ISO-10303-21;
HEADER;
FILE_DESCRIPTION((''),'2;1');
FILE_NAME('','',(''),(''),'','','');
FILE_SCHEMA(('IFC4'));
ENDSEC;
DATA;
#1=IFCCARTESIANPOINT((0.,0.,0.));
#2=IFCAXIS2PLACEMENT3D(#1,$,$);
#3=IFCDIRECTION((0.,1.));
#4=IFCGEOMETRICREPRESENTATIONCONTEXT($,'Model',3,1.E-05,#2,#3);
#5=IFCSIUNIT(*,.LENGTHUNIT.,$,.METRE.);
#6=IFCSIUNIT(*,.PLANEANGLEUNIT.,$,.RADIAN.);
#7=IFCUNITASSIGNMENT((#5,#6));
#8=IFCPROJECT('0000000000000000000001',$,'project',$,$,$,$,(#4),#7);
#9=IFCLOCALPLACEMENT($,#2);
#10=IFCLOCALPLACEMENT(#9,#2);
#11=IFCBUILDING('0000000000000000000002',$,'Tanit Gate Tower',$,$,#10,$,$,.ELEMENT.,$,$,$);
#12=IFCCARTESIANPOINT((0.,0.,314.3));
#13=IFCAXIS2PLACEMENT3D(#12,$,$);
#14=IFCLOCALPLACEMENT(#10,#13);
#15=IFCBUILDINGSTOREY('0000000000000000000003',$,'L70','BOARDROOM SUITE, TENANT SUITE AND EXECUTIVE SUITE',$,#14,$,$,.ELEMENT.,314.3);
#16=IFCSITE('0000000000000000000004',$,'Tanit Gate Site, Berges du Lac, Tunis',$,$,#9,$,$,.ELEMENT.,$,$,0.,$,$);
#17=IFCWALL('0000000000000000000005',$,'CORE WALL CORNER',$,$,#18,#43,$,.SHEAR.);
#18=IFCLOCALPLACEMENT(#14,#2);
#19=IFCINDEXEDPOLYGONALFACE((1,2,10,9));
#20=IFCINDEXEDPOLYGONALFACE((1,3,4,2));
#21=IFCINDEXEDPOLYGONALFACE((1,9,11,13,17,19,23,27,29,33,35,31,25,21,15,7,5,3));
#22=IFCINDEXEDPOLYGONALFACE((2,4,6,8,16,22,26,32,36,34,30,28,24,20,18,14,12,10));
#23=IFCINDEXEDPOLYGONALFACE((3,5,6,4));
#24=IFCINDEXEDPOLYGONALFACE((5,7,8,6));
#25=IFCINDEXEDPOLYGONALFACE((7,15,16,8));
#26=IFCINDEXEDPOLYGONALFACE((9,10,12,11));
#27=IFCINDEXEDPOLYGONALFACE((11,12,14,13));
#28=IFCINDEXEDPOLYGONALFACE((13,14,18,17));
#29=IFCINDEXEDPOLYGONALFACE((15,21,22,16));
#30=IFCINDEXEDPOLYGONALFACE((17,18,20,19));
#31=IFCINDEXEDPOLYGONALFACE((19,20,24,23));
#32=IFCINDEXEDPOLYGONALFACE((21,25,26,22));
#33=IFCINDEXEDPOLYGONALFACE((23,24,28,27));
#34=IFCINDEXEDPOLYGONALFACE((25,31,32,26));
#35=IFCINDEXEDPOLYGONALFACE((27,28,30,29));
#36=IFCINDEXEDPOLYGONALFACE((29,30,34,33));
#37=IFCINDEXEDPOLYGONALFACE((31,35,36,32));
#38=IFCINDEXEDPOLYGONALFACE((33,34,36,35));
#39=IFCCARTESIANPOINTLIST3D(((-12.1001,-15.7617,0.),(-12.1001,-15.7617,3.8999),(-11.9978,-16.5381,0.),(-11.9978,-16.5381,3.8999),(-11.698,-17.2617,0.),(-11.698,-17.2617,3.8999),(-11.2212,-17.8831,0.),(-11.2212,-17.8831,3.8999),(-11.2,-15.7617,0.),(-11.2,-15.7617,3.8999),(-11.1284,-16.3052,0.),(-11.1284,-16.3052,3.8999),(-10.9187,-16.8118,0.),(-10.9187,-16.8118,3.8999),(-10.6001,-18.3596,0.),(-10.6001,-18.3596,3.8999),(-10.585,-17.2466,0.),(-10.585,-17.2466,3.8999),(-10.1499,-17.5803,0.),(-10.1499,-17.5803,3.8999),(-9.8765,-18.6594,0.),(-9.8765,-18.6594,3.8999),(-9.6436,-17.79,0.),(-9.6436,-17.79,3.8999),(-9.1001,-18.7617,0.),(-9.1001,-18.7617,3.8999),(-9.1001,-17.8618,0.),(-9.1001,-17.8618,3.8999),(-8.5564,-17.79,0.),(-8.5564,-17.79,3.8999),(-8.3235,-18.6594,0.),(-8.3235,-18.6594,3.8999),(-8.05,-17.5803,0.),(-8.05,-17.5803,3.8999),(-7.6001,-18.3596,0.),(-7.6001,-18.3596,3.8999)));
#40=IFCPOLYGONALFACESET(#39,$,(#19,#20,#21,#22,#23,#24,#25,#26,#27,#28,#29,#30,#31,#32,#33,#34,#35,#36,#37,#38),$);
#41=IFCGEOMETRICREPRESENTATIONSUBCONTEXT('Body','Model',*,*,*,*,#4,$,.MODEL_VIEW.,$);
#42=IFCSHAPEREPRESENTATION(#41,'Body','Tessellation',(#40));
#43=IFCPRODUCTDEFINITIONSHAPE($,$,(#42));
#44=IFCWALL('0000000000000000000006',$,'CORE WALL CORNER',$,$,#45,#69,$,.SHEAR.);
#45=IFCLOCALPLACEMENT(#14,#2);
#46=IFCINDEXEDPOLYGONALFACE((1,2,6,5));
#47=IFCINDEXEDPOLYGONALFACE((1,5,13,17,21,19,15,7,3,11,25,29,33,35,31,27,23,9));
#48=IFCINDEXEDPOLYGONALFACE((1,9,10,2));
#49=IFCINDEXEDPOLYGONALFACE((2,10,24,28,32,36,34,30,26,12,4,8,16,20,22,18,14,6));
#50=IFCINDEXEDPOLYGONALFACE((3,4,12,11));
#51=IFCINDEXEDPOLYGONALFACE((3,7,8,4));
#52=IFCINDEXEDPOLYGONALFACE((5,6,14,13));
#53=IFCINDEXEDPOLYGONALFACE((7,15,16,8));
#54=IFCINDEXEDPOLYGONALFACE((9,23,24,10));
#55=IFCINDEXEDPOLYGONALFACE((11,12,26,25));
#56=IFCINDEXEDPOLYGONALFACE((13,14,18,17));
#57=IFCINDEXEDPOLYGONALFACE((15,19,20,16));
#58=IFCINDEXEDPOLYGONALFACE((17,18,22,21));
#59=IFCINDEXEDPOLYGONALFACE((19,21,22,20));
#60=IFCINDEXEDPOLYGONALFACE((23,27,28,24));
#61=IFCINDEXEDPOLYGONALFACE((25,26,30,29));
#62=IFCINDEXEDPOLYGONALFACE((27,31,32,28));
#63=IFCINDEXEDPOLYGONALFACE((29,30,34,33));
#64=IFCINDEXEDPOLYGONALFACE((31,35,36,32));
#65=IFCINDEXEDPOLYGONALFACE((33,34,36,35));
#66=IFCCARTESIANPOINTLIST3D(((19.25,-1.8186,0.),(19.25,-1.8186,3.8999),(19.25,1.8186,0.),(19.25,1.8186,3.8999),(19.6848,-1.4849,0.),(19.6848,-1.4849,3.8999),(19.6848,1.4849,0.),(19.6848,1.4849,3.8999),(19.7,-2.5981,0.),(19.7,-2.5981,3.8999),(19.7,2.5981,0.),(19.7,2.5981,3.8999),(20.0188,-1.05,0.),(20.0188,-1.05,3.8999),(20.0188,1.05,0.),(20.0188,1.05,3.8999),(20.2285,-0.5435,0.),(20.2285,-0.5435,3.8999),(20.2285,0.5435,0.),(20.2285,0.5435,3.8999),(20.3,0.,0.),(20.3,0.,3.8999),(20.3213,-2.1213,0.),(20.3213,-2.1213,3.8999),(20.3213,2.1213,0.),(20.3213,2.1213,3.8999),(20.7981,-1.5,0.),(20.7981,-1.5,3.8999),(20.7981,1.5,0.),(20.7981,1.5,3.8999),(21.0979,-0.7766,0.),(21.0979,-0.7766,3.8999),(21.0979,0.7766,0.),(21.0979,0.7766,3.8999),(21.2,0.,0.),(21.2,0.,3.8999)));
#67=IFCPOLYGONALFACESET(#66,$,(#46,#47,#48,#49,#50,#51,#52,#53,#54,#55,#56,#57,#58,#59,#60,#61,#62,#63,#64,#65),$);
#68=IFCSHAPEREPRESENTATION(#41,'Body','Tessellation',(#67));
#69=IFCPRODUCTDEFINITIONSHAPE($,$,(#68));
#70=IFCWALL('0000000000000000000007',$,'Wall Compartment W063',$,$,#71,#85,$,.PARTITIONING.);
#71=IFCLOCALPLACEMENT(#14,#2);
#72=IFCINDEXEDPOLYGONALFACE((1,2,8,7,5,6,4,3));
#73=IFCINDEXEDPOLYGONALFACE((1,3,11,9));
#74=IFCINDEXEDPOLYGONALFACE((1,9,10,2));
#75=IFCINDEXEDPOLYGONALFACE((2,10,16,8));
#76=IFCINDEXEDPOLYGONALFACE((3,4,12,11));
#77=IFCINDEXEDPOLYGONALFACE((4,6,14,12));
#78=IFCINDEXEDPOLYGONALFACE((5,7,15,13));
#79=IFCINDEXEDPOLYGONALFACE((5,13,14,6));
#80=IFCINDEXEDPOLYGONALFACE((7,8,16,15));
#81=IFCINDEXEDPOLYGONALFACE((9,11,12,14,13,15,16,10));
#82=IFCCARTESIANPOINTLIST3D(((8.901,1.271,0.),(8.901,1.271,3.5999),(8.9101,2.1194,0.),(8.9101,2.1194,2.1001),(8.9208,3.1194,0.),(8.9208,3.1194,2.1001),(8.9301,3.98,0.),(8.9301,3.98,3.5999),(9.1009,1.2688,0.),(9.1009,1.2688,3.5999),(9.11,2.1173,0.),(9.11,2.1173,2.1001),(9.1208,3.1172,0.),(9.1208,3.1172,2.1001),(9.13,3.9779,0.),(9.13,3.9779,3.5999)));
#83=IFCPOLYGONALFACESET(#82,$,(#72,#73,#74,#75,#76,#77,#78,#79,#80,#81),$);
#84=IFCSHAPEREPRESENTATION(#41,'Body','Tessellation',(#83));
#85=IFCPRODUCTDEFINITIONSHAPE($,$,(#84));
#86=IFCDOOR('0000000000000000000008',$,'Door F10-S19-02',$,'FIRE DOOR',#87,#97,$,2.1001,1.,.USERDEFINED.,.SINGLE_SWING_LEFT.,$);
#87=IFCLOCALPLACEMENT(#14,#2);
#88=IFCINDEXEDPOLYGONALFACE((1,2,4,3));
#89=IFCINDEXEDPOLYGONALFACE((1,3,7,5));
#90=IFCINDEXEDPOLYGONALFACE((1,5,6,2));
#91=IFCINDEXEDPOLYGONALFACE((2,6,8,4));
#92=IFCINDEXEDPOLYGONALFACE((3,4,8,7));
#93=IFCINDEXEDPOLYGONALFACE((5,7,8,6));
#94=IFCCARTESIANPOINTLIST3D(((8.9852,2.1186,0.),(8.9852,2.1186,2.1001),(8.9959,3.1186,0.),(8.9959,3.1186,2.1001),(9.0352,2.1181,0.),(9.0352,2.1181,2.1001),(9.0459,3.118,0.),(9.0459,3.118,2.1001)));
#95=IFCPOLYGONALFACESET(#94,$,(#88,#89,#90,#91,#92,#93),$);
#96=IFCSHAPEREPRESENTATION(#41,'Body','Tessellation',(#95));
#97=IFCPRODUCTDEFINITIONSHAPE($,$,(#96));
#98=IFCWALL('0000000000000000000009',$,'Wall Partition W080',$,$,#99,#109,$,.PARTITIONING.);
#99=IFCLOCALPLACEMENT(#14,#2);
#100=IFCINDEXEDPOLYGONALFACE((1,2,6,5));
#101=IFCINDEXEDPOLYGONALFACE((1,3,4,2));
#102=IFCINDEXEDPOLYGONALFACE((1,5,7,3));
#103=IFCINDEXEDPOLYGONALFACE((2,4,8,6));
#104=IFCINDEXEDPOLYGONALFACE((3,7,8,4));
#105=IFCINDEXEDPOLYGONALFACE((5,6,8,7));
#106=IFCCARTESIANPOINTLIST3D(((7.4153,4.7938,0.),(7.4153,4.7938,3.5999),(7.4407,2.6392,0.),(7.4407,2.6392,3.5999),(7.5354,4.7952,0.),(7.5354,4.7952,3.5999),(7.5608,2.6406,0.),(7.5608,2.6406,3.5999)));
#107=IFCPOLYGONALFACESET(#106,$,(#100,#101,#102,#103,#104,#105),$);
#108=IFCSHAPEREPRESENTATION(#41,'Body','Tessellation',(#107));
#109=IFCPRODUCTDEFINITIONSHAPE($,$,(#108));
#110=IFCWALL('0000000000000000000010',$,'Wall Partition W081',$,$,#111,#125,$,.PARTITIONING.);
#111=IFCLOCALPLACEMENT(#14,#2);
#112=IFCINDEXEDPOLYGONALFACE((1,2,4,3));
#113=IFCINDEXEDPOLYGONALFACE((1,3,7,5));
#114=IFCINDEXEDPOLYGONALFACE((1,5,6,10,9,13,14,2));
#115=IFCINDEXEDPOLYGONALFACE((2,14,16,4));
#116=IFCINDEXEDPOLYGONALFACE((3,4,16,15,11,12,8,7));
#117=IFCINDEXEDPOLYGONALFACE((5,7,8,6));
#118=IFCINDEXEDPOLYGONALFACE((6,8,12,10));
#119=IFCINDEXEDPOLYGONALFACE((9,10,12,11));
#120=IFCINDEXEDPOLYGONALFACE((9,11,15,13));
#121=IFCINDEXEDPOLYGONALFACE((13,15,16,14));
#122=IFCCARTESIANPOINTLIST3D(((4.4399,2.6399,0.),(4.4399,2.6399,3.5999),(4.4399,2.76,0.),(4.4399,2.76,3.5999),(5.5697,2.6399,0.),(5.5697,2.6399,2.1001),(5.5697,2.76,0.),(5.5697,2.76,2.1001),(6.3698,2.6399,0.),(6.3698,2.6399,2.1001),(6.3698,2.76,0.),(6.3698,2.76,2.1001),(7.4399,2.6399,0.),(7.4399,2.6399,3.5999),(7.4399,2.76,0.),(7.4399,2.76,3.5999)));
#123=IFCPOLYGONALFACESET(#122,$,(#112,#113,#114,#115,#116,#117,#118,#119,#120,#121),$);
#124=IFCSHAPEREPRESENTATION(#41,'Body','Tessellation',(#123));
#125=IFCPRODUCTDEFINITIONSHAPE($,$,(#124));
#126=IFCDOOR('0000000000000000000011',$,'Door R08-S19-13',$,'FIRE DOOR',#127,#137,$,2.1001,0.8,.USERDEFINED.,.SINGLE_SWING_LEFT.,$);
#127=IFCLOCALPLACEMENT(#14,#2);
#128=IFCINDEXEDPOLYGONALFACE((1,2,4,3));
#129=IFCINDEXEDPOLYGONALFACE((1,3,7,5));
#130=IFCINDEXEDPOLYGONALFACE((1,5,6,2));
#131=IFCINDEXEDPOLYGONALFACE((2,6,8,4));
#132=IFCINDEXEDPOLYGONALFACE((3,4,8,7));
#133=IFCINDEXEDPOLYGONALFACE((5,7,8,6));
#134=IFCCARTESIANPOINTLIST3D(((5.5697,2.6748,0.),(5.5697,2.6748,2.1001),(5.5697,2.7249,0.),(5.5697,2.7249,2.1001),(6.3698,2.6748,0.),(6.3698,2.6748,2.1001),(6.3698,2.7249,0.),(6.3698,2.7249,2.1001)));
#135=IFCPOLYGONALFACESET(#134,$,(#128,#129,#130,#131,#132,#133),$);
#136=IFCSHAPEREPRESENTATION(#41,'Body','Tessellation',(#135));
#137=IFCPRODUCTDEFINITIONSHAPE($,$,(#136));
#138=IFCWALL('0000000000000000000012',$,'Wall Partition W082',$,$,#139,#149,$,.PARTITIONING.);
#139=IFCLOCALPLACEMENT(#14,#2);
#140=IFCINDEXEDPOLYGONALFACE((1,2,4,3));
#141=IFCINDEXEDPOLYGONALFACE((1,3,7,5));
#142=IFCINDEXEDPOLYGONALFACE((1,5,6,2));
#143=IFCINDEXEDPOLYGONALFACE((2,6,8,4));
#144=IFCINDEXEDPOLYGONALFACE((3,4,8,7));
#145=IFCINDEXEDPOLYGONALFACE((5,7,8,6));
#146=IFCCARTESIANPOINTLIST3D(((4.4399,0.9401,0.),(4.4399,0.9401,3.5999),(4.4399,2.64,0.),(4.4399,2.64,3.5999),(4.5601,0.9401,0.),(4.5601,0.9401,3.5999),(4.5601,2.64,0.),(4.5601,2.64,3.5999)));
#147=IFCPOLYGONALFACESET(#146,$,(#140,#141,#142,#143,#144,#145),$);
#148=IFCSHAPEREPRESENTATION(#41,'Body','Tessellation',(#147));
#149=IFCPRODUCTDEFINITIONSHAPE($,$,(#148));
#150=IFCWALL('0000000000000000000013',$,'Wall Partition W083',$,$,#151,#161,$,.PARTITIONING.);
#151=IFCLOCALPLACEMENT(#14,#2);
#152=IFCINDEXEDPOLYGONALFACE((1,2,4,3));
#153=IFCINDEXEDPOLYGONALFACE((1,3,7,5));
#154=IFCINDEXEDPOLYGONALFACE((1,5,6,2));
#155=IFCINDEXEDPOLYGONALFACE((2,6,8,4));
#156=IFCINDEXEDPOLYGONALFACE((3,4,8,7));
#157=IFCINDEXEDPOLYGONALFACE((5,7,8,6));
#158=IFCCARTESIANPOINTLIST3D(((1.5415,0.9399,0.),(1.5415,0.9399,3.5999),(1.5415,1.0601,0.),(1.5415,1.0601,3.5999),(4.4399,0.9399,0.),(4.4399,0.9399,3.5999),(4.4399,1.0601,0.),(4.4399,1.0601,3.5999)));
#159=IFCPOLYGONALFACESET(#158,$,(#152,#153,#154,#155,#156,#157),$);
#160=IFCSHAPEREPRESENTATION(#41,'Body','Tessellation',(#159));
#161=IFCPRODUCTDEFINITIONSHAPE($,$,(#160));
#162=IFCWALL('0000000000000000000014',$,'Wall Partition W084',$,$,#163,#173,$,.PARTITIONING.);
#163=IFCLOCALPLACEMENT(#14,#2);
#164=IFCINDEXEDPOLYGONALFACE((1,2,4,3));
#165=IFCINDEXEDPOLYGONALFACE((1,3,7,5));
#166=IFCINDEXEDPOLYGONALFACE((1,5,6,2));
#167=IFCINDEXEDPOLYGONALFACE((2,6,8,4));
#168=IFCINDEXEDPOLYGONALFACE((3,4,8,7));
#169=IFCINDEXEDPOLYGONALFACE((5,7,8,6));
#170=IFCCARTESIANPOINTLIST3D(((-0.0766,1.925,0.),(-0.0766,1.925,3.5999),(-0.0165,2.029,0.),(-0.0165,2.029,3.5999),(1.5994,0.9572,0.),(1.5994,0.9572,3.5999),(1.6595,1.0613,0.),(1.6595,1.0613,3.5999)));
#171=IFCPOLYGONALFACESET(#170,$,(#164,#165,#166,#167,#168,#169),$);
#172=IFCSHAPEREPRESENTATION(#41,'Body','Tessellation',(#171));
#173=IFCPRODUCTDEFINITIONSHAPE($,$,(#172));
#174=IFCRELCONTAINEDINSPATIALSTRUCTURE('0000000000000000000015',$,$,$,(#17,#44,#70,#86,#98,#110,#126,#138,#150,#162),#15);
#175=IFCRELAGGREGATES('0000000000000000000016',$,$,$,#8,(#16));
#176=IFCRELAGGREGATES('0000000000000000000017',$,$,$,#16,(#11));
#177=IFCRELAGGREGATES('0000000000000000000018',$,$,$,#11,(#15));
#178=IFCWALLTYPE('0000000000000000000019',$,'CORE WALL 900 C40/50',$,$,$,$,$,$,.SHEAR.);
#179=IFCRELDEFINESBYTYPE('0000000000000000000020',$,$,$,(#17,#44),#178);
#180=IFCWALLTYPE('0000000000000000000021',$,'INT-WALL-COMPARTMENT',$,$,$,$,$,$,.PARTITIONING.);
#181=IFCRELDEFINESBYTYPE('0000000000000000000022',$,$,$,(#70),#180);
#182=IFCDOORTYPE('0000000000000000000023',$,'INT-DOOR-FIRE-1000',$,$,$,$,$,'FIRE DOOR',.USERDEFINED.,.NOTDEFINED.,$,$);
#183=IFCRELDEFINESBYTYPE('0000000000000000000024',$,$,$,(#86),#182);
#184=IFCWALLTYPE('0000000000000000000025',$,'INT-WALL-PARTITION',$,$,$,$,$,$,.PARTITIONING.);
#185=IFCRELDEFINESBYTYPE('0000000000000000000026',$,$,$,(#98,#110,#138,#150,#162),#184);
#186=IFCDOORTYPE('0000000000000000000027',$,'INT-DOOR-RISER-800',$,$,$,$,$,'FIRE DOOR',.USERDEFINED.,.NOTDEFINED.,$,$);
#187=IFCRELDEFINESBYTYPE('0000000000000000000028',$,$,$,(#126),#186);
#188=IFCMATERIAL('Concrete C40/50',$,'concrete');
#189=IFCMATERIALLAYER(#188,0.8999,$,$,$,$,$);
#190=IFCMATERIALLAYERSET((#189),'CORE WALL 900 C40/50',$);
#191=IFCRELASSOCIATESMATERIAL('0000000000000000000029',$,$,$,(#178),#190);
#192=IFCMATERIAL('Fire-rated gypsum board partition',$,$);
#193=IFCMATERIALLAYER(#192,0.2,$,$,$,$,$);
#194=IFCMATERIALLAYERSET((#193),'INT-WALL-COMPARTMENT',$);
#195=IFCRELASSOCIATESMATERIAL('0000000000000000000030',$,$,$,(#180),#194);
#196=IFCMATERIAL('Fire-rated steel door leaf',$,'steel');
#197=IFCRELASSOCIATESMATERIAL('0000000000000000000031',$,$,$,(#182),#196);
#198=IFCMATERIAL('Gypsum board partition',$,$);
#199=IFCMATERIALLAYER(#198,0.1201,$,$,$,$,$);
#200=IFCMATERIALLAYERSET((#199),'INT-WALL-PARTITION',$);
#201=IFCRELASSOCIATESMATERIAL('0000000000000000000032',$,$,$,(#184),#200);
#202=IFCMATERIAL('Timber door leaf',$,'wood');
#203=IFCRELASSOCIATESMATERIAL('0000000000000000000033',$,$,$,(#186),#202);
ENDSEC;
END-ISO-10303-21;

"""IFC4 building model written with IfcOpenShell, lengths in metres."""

from ifc_helpers import new_model, si_unit, direction, frame, frame_2d, origin, place, context, subcontext, project, spatial, polyline, rectangle, outline, extrude, material, layer, layer_set, type_object, element, fill, save


model = new_model("IFC4")

# Units and contexts
model_context = context("Model", 3, precision=1e-05, world=origin(), true_north=direction((0.0, 1.0)))
body_context = subcontext(model_context, "Body", "Model", "MODEL_VIEW")
ifc_project = project(units=[si_unit("LENGTHUNIT", "METRE"), si_unit("PLANEANGLEUNIT", "RADIAN")], contexts=[model_context])

# Site, building, storey
site_placement = place(None, origin())
site = spatial("IfcSite", under=ifc_project, at=site_placement, Name="Tanit Gate Site, Berges du Lac, Tunis", CompositionType="ELEMENT", RefElevation=0.0)
building_placement = place(site_placement, origin())
building = spatial("IfcBuilding", under=site, at=building_placement, Name="Tanit Gate Tower", CompositionType="ELEMENT")
storey_placement = place(building_placement, frame((0.0, 0.0, 314.3)))
storey = spatial("IfcBuildingStorey", under=building, at=storey_placement, Name="L70", Description="BOARDROOM SUITE, TENANT SUITE AND EXECUTIVE SUITE", CompositionType="ELEMENT", Elevation=314.3)

# Walls
ifc_material_1 = material(Name="Concrete C40/50", Category="concrete")
ifc_layer_1 = layer(ifc_material_1, 0.8999)
ifc_layer_set_1 = layer_set([ifc_layer_1], Name="CORE WALL 900 C40/50")
wall_type_1 = type_object("IfcWallType", Name="CORE WALL 900 C40/50", PredefinedType="SHEAR", material=ifc_layer_set_1)
wall_1_placement = place(storey_placement, origin())
element("IfcWall", 1, at=wall_1_placement, inside=storey, type_object=wall_type_1, Name="CORE WALL CORNER", PredefinedType="SHEAR", context=body_context, shape_type="SweptSolid", body=[
    extrude(outline(polyline([(-12.1001, -15.7617), (-11.9978, -16.5381), (-11.698, -17.2617), (-11.2212, -17.8831), (-10.6001, -18.3596), (-9.8765, -18.6594), (-9.1001, -18.7617), (-8.3235, -18.6594), (-7.6001, -18.3596), (-8.05, -17.5803), (-8.5564, -17.79), (-9.1001, -17.8618), (-9.6436, -17.79), (-10.1499, -17.5803), (-10.585, -17.2466), (-10.9187, -16.8118), (-11.1284, -16.3052), (-11.2, -15.7617), (-12.1001, -15.7617)])), origin(), (0.0, 0.0, 1.0), 3.8999),
])
wall_2_placement = place(storey_placement, origin())
element("IfcWall", 2, at=wall_2_placement, inside=storey, type_object=wall_type_1, Name="CORE WALL CORNER", PredefinedType="SHEAR", context=body_context, shape_type="SweptSolid", body=[
    extrude(outline(polyline([(19.7, -2.5981), (20.3213, -2.1213), (20.7981, -1.5), (21.0979, -0.7766), (21.2, 0.0), (21.0979, 0.7766), (20.7981, 1.5), (20.3213, 2.1213), (19.7, 2.5981), (19.25, 1.8186), (19.6848, 1.4849), (20.0188, 1.05), (20.2285, 0.5435), (20.3, 0.0), (20.2285, -0.5435), (20.0188, -1.05), (19.6848, -1.4849), (19.25, -1.8186), (19.7, -2.5981)])), origin(), (0.0, 0.0, 1.0), 3.8999),
])

# Wall, opening, door
ifc_material_2 = material(Name="Fire-rated gypsum board partition")
ifc_layer_2 = layer(ifc_material_2, 0.2)
ifc_layer_set_2 = layer_set([ifc_layer_2], Name="INT-WALL-COMPARTMENT")
wall_type_2 = type_object("IfcWallType", Name="INT-WALL-COMPARTMENT", PredefinedType="PARTITIONING", material=ifc_layer_set_2)
wall_3_placement = place(storey_placement, frame((9.001, 1.27, 0.0), z_axis=(0.0, 0.0, 1.0), x_axis=(0.010724, 0.999942, 0.0)))
wall_3 = element("IfcWall", 3, at=wall_3_placement, inside=storey, type_object=wall_type_2, Name="Wall Compartment W063", PredefinedType="PARTITIONING", context=body_context, shape_type="SweptSolid", body=[
    extrude(rectangle(XDim=2.7092, YDim=0.2, at=frame_2d((1.3545, 0.0))), origin(), (0.0, 0.0, 1.0), 3.5999),
])
opening_1_placement = place(wall_3_placement, frame((0.8484, 0.0, 0.0)))
opening_1 = element("IfcOpeningElement", 4, at=opening_1_placement, cuts=wall_3, PredefinedType="OPENING", context=body_context, shape_type="SweptSolid", body=[
    extrude(rectangle(XDim=1.0, YDim=2.1001, at=frame_2d((0.5, 1.05))), frame((0.0, 0.1099, 0.0), z_axis=(0.0, -1.0, 0.0), x_axis=(1.0, 0.0, 0.0)), (0.0, 0.0, 1.0), 0.22),
])
ifc_material_3 = material(Name="Fire-rated steel door leaf", Category="steel")
door_type_1 = type_object("IfcDoorType", Name="INT-DOOR-FIRE-1000", ElementType="FIRE DOOR", OperationType="NOTDEFINED", PredefinedType="USERDEFINED", material=ifc_material_3)
door_1_placement = place(opening_1_placement, origin())
door_1 = element("IfcDoor", 5, at=door_1_placement, inside=storey, type_object=door_type_1, Name="Door F10-S19-02", ObjectType="FIRE DOOR", OperationType="SINGLE_SWING_LEFT", OverallHeight=2.1001, OverallWidth=1.0, PredefinedType="USERDEFINED", context=body_context, shape_type="SweptSolid", body=[
    extrude(rectangle(XDim=1.0, YDim=2.1001, at=frame_2d((0.5, 1.05))), frame((0.0, 0.0249, 0.0), z_axis=(0.0, -1.0, 0.0), x_axis=(1.0, 0.0, 0.0)), (0.0, 0.0, 1.0), 0.05),
])
fill(opening_1, door_1)

# Wall
ifc_material_4 = material(Name="Gypsum board partition")
ifc_layer_3 = layer(ifc_material_4, 0.1201)
ifc_layer_set_3 = layer_set([ifc_layer_3], Name="INT-WALL-PARTITION")
wall_type_3 = type_object("IfcWallType", Name="INT-WALL-PARTITION", PredefinedType="PARTITIONING", material=ifc_layer_set_3)
wall_4_placement = place(storey_placement, frame((7.5007, 2.6399, 0.0), z_axis=(0.0, 0.0, 1.0), x_axis=(-0.011784, 0.999931, 0.0)))
element("IfcWall", 6, at=wall_4_placement, inside=storey, type_object=wall_type_3, Name="Wall Partition W080", PredefinedType="PARTITIONING", context=body_context, shape_type="SweptSolid", body=[
    extrude(rectangle(XDim=2.1548, YDim=0.1201, at=frame_2d((1.0774, 0.0))), origin(), (0.0, 0.0, 1.0), 3.5999),
])

# Wall, opening, door
wall_5_placement = place(storey_placement, frame((4.4399, 2.7, 0.0), z_axis=(0.0, 0.0, 1.0), x_axis=(1.0, 0.0, 0.0)))
wall_5 = element("IfcWall", 7, at=wall_5_placement, inside=storey, type_object=wall_type_3, Name="Wall Partition W081", PredefinedType="PARTITIONING", context=body_context, shape_type="SweptSolid", body=[
    extrude(rectangle(XDim=3.0, YDim=0.1201, at=frame_2d((1.5, 0.0))), origin(), (0.0, 0.0, 1.0), 3.5999),
])
opening_2_placement = place(wall_5_placement, frame((1.1299, 0.0, 0.0)))
opening_2 = element("IfcOpeningElement", 8, at=opening_2_placement, cuts=wall_5, PredefinedType="OPENING", context=body_context, shape_type="SweptSolid", body=[
    extrude(rectangle(XDim=0.8, YDim=2.1001, at=frame_2d((0.3999, 1.05))), frame((0.0, 0.0701, 0.0), z_axis=(0.0, -1.0, 0.0), x_axis=(1.0, 0.0, 0.0)), (0.0, 0.0, 1.0), 0.1401),
])
ifc_material_5 = material(Name="Timber door leaf", Category="wood")
door_type_2 = type_object("IfcDoorType", Name="INT-DOOR-RISER-800", ElementType="FIRE DOOR", OperationType="NOTDEFINED", PredefinedType="USERDEFINED", material=ifc_material_5)
door_2_placement = place(opening_2_placement, origin())
door_2 = element("IfcDoor", 9, at=door_2_placement, inside=storey, type_object=door_type_2, Name="Door R08-S19-13", ObjectType="FIRE DOOR", OperationType="SINGLE_SWING_LEFT", OverallHeight=2.1001, OverallWidth=0.8, PredefinedType="USERDEFINED", context=body_context, shape_type="SweptSolid", body=[
    extrude(rectangle(XDim=0.8, YDim=2.1001, at=frame_2d((0.3999, 1.05))), frame((0.0, 0.0249, 0.0), z_axis=(0.0, -1.0, 0.0), x_axis=(1.0, 0.0, 0.0)), (0.0, 0.0, 1.0), 0.05),
])
fill(opening_2, door_2)

# Walls
wall_6_placement = place(storey_placement, frame((4.5, 0.9399, 0.0), z_axis=(0.0, 0.0, 1.0), x_axis=(0.0, 1.0, 0.0)))
element("IfcWall", 10, at=wall_6_placement, inside=storey, type_object=wall_type_3, Name="Wall Partition W082", PredefinedType="PARTITIONING", context=body_context, shape_type="SweptSolid", body=[
    extrude(rectangle(XDim=1.7, YDim=0.1201, at=frame_2d((0.8501, 0.0))), origin(), (0.0, 0.0, 1.0), 3.5999),
])
wall_7_placement = place(storey_placement, frame((1.5415, 1.0, 0.0), z_axis=(0.0, 0.0, 1.0), x_axis=(1.0, 0.0, 0.0)))
element("IfcWall", 11, at=wall_7_placement, inside=storey, type_object=wall_type_3, Name="Wall Partition W083", PredefinedType="PARTITIONING", context=body_context, shape_type="SweptSolid", body=[
    extrude(rectangle(XDim=2.8984, YDim=0.1201, at=frame_2d((1.4492, 0.0))), origin(), (0.0, 0.0, 1.0), 3.5999),
])
wall_8_placement = place(storey_placement, frame((-0.0466, 1.9771, 0.0), z_axis=(0.0, 0.0, 1.0), x_axis=(0.865999, -0.500046, 0.0)))
element("IfcWall", 12, at=wall_8_placement, inside=storey, type_object=wall_type_3, Name="Wall Partition W084", PredefinedType="PARTITIONING", context=body_context, shape_type="SweptSolid", body=[
    extrude(rectangle(XDim=1.9353, YDim=0.1201, at=frame_2d((0.9678, 0.0))), origin(), (0.0, 0.0, 1.0), 3.5999),
])

save(model, "model.ifc")
